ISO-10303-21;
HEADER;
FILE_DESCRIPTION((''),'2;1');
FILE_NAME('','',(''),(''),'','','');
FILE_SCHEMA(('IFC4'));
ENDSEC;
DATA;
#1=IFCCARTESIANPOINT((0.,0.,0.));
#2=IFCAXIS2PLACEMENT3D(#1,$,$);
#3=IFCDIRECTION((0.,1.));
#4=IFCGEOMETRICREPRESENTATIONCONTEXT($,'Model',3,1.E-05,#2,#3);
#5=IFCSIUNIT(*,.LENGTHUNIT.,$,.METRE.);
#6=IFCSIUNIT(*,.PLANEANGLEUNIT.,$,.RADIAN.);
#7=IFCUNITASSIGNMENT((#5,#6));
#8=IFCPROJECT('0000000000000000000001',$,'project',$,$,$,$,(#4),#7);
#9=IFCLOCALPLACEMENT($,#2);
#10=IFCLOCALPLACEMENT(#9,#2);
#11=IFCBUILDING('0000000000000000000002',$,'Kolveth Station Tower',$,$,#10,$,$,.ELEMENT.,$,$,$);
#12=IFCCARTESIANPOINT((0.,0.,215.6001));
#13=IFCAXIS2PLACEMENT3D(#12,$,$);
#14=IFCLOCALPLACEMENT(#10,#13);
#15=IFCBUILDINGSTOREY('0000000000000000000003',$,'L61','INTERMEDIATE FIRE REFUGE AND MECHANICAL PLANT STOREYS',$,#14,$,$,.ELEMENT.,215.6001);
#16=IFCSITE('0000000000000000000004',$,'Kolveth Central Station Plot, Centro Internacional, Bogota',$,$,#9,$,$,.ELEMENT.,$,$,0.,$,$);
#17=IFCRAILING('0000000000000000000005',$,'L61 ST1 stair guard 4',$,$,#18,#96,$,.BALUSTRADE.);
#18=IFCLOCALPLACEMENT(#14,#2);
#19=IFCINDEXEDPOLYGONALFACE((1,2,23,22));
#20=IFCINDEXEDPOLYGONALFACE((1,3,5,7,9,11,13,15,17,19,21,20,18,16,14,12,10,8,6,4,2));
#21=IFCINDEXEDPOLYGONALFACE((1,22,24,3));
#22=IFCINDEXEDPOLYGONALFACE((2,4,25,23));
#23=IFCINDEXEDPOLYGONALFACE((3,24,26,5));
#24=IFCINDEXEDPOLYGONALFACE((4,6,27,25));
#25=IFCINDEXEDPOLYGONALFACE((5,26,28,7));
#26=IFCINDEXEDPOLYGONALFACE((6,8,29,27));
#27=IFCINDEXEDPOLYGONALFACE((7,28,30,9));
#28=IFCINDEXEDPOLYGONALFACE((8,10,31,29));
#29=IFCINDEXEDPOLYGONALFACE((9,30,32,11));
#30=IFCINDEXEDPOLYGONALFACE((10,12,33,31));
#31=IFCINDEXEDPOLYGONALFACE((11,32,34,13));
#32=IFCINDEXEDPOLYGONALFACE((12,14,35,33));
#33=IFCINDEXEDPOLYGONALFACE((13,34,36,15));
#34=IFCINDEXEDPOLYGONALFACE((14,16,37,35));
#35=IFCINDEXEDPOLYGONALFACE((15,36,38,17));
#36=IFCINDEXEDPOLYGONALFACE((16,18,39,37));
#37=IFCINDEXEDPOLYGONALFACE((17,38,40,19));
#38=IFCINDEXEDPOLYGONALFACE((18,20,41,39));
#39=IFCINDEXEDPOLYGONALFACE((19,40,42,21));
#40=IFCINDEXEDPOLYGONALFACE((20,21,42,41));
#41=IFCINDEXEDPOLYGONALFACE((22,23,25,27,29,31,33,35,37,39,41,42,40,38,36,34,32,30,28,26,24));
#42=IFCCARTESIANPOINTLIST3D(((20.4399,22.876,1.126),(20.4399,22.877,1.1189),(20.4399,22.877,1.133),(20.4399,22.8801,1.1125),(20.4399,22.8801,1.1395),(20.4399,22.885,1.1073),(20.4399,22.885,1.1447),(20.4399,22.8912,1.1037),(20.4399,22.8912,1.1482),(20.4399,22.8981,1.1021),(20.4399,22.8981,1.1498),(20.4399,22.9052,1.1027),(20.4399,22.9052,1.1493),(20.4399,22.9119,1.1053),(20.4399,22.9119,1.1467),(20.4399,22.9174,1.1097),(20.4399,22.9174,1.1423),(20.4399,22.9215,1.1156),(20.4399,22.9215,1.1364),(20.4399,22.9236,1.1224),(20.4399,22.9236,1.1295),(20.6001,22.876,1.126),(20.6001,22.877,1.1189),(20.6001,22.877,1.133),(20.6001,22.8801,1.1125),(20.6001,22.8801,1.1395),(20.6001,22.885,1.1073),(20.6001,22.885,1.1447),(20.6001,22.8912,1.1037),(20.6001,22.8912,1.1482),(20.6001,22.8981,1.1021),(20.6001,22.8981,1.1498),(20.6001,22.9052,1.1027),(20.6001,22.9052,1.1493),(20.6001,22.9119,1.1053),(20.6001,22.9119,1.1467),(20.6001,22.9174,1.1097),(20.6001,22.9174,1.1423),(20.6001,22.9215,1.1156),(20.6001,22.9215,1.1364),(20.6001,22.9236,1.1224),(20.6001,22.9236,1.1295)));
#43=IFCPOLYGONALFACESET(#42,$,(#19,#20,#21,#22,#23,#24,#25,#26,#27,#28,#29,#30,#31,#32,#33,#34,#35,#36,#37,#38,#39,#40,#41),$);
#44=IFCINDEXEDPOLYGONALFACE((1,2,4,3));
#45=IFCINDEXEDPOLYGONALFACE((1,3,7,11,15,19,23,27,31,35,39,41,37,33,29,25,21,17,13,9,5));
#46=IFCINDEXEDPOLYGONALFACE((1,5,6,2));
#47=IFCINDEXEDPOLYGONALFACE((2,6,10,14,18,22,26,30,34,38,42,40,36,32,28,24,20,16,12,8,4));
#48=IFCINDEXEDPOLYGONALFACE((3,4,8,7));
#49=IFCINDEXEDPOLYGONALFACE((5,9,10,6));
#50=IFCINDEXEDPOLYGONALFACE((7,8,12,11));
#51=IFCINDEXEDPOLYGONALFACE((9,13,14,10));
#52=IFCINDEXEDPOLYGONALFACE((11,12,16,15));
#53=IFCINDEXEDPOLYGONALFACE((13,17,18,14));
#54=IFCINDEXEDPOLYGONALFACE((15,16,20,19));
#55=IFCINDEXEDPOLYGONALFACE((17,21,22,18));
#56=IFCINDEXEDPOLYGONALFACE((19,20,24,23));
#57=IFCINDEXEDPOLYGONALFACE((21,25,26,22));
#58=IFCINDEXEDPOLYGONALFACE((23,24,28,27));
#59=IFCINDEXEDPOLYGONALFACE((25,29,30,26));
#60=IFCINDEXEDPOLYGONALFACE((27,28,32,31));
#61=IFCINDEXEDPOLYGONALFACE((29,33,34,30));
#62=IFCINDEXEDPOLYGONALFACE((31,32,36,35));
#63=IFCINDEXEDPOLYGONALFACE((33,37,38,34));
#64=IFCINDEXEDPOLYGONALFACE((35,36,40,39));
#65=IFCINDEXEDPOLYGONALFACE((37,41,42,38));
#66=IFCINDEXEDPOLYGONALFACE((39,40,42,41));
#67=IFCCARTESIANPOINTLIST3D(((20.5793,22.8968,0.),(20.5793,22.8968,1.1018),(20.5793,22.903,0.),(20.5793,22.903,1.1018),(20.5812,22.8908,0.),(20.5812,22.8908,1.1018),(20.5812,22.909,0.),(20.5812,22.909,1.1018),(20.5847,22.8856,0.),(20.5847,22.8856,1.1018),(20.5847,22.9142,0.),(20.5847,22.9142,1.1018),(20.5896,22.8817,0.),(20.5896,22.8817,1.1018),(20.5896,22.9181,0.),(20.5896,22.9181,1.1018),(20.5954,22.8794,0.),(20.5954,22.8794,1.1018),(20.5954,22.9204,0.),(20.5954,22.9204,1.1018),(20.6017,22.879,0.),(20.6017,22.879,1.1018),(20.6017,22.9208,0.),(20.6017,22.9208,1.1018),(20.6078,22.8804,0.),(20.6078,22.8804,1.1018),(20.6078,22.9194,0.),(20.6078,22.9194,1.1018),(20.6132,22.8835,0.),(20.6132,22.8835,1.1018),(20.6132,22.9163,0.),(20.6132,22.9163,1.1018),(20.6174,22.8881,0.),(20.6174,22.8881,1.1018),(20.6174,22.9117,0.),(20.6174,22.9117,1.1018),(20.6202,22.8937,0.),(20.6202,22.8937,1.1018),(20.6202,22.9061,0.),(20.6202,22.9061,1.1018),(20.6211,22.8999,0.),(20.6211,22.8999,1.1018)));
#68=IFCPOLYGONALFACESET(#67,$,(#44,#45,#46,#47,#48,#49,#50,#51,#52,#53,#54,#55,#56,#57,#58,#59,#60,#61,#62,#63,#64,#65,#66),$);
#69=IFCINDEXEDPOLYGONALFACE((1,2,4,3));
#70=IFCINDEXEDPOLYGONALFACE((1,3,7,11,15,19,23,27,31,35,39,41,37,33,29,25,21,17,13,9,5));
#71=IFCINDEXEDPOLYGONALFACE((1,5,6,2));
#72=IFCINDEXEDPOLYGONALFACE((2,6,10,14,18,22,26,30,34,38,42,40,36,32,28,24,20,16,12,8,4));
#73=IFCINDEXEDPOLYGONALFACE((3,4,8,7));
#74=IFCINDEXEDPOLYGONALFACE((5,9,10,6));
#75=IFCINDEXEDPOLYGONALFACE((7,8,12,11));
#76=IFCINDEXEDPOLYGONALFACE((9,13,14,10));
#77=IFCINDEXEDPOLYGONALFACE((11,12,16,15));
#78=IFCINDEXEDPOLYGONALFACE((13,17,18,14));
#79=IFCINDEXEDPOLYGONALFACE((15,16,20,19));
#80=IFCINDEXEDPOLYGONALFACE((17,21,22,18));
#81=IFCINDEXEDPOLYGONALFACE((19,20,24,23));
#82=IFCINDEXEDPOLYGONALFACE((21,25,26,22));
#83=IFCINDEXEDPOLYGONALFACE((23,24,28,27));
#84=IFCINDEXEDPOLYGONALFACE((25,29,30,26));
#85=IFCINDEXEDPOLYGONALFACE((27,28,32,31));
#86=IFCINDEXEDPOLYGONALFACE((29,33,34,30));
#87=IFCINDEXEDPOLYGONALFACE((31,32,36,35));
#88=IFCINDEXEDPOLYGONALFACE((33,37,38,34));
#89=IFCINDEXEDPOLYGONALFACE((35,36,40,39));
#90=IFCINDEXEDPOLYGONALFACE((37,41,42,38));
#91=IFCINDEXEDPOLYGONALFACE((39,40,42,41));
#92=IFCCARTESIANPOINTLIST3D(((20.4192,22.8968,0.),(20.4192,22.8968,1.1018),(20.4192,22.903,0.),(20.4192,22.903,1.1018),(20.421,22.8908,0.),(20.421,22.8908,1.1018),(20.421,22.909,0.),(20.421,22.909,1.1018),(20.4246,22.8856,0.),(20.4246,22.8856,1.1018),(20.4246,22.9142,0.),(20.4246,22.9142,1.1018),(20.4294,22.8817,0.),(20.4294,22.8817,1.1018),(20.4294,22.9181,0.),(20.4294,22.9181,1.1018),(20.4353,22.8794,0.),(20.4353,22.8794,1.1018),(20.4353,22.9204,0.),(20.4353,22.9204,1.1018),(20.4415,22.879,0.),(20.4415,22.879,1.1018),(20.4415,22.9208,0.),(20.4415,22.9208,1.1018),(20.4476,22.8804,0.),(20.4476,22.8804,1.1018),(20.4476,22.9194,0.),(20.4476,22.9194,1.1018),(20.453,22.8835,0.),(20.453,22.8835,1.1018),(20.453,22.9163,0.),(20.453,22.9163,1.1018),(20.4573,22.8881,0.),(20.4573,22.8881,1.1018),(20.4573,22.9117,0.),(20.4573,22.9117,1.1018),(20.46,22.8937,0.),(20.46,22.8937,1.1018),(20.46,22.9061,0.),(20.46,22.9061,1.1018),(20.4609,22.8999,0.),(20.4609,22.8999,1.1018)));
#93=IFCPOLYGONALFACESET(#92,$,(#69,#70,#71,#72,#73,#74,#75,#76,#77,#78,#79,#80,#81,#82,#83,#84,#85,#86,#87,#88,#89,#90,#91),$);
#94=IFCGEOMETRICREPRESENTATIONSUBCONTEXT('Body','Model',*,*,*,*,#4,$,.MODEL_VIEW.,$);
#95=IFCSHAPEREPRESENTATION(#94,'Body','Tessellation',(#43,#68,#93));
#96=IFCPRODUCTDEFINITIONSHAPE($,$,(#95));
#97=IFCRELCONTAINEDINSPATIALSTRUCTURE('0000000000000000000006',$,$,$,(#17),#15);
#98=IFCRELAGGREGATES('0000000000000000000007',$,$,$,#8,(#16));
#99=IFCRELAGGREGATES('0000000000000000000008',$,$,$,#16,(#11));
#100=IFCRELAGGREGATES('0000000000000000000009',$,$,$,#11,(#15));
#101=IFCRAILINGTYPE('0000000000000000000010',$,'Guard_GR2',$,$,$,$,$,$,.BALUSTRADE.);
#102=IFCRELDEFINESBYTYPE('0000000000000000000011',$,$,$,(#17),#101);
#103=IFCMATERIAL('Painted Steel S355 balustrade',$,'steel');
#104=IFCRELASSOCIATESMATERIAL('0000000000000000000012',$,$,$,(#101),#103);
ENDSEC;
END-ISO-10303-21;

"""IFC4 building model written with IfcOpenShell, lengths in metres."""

from ifc_helpers import new_model, si_unit, direction, frame, origin, origin_2d, place, context, subcontext, project, spatial, circle, extrude, material, type_object, element, save


model = new_model("IFC4")

# Units and contexts
model_context = context("Model", 3, precision=1e-05, world=origin(), true_north=direction((0.0, 1.0)))
body_context = subcontext(model_context, "Body", "Model", "MODEL_VIEW")
ifc_project = project(units=[si_unit("LENGTHUNIT", "METRE"), si_unit("PLANEANGLEUNIT", "RADIAN")], contexts=[model_context])

# Site, building, storey
site_placement = place(None, origin())
site = spatial("IfcSite", under=ifc_project, at=site_placement, Name="Kolveth Central Station Plot, Centro Internacional, Bogota", CompositionType="ELEMENT", RefElevation=0.0)
building_placement = place(site_placement, origin())
building = spatial("IfcBuilding", under=site, at=building_placement, Name="Kolveth Station Tower", CompositionType="ELEMENT")
storey_placement = place(building_placement, frame((0.0, 0.0, 215.6001)))
storey = spatial("IfcBuildingStorey", under=building, at=storey_placement, Name="L61", Description="INTERMEDIATE FIRE REFUGE AND MECHANICAL PLANT STOREYS", CompositionType="ELEMENT", Elevation=215.6001)

# Railing
ifc_material_1 = material(Name="Painted Steel S355 balustrade", Category="steel")
railing_type_1 = type_object("IfcRailingType", Name="Guard_GR2", PredefinedType="BALUSTRADE", material=ifc_material_1)
railing_1_placement = place(storey_placement, frame((20.6001, 22.8999, 0.0)))
element("IfcRailing", 1, at=railing_1_placement, inside=storey, type_object=railing_type_1, Name="L61 ST1 stair guard 4", PredefinedType="BALUSTRADE", context=body_context, shape_type="SweptSolid", body=[
    extrude(circle(Radius=0.0239, at=origin_2d()), frame((0.0, 0.0, 1.126), z_axis=(-1.0, 0.0, 0.0), x_axis=(0.0, -1.0, 0.0)), (0.0, 0.0, 1.0), 0.1602),
    extrude(circle(Radius=0.021, at=origin_2d()), origin(), (0.0, 0.0, 1.0), 1.1018),
    extrude(circle(Radius=0.021, at=origin_2d()), frame((-0.1602, 0.0, 0.0)), (0.0, 0.0, 1.0), 1.1018),
])

save(model, "model.ifc")
